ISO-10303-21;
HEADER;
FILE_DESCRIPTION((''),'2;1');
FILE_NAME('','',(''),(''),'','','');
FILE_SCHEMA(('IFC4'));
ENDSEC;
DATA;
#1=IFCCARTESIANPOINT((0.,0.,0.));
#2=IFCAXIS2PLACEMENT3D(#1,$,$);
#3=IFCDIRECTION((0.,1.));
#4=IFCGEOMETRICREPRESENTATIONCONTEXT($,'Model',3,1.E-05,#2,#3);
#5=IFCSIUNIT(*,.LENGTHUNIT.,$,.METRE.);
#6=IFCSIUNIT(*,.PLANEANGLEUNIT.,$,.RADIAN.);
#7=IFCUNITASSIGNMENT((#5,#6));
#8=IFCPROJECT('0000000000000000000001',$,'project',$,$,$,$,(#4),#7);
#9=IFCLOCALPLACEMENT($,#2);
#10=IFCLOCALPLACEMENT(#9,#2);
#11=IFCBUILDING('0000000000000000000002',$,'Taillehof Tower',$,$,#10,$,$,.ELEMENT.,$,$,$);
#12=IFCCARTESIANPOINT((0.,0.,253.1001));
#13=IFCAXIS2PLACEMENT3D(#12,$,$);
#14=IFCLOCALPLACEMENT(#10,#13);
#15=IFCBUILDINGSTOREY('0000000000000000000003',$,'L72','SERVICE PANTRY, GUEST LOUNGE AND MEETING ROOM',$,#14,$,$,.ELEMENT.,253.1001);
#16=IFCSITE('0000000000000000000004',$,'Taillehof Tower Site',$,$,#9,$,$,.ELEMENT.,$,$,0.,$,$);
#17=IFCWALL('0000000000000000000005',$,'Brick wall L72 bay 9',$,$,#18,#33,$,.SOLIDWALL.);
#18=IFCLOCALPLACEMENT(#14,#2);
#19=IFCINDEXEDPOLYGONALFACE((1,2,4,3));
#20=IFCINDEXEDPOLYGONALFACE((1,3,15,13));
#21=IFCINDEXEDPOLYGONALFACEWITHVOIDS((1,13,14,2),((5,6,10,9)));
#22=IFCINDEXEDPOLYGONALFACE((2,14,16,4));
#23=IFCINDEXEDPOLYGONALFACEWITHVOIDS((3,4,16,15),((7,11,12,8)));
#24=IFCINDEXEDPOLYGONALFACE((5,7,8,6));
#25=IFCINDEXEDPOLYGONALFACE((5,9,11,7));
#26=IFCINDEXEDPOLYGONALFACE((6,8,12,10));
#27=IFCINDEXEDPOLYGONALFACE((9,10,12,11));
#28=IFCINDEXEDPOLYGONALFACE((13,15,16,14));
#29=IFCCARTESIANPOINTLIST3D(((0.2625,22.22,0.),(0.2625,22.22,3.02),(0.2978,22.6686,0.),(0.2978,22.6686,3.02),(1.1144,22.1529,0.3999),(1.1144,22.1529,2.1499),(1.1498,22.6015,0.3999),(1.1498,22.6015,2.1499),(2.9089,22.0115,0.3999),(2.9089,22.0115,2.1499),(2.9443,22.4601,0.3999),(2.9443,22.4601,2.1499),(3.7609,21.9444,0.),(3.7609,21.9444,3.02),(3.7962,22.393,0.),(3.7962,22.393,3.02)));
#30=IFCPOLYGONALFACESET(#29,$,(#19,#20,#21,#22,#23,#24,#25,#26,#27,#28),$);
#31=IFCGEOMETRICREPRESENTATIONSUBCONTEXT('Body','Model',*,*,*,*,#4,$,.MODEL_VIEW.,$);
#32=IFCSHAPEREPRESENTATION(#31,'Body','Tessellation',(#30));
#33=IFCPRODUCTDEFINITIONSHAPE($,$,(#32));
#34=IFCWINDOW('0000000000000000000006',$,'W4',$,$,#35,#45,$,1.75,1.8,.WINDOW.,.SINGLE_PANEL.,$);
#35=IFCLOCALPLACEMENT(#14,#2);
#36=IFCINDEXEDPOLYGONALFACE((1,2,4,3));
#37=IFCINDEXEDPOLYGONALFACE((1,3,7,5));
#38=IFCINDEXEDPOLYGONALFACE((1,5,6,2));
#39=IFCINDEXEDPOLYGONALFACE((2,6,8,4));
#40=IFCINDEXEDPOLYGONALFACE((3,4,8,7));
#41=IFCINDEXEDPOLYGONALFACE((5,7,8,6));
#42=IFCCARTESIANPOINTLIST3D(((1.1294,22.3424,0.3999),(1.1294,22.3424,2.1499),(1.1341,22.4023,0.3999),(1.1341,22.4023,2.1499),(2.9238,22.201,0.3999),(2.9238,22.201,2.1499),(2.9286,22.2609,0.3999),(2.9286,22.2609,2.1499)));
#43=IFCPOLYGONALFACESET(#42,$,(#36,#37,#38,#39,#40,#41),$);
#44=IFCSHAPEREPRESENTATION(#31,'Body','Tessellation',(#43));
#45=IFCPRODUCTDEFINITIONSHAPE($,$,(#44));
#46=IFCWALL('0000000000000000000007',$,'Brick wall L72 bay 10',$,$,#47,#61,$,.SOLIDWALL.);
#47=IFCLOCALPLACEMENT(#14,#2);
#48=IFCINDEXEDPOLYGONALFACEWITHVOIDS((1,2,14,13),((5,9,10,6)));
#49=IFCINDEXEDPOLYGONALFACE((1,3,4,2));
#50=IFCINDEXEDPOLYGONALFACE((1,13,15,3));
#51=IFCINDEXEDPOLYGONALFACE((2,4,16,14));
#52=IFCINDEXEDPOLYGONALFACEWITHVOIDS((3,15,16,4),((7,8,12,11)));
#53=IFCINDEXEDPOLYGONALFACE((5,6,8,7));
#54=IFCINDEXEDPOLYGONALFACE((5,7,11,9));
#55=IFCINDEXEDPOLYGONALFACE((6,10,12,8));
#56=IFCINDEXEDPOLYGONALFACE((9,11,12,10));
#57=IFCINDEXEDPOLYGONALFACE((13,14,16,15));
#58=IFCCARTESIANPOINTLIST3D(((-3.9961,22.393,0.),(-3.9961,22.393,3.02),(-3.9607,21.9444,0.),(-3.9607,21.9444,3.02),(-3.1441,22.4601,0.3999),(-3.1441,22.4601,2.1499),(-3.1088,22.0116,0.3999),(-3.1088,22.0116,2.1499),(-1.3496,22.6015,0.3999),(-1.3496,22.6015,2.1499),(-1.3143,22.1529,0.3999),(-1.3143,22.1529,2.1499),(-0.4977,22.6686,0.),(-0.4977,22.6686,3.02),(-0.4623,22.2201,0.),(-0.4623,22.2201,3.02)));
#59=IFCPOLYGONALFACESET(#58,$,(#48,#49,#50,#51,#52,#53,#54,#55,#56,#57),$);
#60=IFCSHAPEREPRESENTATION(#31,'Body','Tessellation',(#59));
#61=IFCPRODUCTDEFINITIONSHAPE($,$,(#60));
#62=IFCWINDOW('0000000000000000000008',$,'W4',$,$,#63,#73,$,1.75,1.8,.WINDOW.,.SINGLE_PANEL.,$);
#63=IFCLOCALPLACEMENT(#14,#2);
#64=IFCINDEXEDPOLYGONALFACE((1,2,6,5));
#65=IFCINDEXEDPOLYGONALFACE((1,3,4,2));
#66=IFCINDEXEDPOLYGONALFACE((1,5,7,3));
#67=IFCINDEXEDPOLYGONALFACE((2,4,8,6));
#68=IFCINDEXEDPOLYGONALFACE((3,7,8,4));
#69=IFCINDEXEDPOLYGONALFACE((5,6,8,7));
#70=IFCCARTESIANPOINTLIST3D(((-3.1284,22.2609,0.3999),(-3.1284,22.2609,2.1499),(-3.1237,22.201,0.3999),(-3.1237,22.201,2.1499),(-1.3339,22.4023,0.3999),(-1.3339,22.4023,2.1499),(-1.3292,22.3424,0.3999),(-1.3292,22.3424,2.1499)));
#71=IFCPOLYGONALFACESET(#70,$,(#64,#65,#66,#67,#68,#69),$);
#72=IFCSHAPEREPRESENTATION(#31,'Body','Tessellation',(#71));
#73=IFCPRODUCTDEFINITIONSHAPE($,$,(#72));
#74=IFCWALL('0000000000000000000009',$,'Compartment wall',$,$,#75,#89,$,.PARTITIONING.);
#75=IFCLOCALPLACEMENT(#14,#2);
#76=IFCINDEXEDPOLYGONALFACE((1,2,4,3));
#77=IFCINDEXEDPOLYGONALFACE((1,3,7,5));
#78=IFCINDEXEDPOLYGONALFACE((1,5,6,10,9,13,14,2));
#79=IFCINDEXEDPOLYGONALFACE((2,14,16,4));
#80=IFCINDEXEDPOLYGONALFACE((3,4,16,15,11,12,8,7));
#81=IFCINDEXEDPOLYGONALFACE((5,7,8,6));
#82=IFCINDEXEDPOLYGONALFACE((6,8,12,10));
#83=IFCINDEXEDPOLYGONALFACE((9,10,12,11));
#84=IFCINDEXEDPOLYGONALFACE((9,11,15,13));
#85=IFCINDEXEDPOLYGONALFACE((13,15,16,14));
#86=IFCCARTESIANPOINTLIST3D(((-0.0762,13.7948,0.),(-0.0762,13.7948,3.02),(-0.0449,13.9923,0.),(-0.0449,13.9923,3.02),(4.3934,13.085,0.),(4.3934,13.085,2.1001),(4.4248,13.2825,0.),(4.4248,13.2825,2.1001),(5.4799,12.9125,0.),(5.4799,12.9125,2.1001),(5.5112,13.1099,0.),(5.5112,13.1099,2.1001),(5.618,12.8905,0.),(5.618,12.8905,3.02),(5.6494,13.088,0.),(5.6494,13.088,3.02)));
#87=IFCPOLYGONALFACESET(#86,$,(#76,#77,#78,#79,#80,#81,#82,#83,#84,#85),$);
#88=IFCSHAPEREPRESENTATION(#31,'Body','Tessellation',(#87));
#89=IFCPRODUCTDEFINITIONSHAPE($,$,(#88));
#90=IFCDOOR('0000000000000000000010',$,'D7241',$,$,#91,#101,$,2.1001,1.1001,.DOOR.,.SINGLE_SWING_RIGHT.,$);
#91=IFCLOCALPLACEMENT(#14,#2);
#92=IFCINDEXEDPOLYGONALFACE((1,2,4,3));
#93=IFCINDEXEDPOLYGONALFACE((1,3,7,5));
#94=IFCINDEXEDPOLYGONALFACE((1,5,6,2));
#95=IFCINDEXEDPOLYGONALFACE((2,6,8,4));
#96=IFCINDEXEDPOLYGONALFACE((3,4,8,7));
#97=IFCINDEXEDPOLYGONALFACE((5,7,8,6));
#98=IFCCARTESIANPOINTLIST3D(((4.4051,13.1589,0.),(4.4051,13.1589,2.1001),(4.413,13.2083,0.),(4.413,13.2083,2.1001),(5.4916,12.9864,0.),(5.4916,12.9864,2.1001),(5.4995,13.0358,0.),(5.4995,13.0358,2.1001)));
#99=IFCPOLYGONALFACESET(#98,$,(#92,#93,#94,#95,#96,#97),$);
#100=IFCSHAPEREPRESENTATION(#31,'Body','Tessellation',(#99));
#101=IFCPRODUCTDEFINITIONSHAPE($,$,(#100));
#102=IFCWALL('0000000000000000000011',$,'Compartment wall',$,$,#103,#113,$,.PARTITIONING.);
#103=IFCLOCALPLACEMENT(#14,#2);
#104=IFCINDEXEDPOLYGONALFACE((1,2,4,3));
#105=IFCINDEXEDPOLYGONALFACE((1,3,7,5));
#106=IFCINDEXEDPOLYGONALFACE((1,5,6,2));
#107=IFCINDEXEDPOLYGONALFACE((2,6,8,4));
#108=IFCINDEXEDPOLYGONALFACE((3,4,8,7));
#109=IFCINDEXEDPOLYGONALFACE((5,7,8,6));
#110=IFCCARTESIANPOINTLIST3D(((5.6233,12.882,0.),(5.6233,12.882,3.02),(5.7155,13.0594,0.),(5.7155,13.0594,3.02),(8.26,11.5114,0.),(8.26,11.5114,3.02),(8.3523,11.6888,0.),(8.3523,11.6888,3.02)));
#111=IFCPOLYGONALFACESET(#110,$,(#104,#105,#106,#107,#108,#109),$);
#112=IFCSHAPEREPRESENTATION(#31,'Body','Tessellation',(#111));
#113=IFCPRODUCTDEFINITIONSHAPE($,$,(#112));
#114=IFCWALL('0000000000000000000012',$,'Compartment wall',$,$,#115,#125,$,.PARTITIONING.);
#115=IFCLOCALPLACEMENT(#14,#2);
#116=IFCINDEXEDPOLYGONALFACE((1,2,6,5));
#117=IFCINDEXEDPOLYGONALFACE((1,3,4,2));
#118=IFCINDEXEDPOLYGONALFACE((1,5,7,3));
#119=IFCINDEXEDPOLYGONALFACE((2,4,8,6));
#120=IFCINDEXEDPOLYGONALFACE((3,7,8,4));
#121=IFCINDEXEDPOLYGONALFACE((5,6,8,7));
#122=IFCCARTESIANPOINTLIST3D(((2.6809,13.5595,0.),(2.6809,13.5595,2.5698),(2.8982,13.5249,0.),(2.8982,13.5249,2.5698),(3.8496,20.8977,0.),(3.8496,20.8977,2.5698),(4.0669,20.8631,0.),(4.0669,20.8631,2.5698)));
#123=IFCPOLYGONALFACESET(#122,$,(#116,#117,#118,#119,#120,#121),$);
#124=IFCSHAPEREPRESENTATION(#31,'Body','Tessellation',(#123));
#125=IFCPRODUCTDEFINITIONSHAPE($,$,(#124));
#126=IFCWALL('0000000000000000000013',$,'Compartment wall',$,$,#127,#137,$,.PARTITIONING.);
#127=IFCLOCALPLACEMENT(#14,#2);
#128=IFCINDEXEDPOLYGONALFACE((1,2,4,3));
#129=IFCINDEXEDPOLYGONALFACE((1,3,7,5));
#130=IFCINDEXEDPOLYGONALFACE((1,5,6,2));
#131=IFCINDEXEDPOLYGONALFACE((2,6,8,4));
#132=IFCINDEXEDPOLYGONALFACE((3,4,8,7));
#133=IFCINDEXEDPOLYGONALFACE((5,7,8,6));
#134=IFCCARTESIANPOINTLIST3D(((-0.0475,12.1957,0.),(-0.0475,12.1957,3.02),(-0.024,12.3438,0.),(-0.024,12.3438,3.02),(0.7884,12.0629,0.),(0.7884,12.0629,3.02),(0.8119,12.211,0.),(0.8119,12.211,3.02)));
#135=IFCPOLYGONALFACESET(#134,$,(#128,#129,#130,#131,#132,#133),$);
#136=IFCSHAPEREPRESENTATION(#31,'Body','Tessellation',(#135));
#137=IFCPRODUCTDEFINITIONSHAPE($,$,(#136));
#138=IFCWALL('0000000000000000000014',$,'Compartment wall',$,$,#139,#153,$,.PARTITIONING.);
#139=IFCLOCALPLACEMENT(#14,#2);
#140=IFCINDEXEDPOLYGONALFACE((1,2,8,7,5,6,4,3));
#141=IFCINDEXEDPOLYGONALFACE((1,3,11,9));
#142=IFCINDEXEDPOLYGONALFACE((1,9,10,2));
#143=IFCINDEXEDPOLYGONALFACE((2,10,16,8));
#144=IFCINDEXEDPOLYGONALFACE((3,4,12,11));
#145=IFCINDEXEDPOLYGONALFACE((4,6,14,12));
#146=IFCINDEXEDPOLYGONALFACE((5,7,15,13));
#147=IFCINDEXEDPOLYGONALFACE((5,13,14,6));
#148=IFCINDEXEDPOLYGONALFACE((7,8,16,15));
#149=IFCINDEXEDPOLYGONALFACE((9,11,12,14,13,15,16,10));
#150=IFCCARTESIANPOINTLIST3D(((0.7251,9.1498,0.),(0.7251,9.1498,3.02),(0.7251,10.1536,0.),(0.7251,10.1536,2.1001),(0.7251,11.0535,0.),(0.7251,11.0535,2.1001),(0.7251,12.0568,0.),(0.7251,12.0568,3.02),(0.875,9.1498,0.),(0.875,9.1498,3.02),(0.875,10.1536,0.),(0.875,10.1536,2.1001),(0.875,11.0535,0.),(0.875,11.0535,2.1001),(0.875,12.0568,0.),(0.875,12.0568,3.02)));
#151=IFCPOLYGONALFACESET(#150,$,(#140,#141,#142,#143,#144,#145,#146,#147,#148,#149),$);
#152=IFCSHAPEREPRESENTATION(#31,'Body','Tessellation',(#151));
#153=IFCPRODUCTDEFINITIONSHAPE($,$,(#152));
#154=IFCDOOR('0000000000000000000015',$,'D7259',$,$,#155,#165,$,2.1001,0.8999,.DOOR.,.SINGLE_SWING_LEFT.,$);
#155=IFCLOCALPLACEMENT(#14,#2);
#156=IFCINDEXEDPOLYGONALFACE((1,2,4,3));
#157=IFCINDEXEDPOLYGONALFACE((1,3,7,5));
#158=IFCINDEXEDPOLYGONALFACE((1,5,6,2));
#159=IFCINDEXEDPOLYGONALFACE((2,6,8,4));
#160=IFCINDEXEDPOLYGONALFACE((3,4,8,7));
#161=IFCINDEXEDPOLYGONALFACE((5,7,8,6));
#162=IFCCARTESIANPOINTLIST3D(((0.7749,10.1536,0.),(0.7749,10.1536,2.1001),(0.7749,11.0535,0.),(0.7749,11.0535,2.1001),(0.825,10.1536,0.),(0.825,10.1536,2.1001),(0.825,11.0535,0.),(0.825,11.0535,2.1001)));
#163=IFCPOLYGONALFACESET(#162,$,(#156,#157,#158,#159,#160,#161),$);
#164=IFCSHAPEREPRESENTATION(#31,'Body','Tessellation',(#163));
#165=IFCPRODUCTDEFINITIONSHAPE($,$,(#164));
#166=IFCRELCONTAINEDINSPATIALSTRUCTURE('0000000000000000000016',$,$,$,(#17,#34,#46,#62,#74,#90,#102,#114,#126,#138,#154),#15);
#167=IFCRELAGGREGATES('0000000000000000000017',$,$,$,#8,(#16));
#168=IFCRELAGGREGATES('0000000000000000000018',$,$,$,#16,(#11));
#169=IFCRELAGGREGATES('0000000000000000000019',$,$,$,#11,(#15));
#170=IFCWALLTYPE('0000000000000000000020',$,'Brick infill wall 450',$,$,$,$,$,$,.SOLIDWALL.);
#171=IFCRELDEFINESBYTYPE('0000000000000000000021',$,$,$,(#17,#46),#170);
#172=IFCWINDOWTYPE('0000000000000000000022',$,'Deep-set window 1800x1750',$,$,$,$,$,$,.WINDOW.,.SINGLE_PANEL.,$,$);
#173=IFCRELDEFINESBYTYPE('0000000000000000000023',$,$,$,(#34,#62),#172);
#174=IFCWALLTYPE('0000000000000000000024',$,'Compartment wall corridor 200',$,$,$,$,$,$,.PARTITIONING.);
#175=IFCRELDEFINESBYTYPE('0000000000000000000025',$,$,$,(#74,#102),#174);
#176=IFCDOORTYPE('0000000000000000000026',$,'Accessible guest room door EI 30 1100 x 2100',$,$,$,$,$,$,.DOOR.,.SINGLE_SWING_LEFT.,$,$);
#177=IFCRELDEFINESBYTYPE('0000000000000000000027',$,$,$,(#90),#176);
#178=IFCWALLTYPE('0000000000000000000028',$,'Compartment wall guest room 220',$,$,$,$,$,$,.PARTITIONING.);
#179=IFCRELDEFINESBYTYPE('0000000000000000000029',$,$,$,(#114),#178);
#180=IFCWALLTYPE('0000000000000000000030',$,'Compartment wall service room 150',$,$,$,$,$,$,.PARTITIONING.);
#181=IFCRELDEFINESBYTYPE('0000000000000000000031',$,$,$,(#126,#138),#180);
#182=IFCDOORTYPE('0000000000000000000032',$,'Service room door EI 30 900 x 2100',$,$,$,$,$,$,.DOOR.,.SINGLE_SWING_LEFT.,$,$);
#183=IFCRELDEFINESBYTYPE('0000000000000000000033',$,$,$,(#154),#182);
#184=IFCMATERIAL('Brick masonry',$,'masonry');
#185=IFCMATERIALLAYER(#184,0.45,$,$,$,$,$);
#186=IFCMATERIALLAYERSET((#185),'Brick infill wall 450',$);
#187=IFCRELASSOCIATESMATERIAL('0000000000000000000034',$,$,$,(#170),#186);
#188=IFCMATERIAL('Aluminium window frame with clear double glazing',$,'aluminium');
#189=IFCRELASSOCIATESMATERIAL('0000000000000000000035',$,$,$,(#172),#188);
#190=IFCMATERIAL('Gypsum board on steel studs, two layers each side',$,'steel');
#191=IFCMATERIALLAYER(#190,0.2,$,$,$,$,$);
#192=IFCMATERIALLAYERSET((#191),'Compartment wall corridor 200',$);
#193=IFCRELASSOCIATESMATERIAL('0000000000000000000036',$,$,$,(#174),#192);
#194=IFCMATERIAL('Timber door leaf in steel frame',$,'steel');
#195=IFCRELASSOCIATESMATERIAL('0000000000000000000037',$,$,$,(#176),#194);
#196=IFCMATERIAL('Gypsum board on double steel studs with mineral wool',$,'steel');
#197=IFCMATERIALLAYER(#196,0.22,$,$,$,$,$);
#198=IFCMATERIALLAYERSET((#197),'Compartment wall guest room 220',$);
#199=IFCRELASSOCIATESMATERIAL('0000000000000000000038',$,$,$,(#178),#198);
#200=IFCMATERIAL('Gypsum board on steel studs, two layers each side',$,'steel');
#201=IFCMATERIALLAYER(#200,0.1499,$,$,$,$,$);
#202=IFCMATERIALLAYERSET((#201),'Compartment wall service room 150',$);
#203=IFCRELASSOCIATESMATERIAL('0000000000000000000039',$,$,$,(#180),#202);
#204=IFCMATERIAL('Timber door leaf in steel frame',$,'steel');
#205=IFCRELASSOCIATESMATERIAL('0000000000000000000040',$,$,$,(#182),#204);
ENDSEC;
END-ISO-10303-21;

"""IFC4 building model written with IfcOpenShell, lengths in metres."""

from ifc_helpers import new_model, si_unit, direction, frame, frame_2d, origin, place, context, subcontext, project, spatial, rectangle, extrude, material, layer, layer_set, type_object, element, fill, save


model = new_model("IFC4")

# Units and contexts
model_context = context("Model", 3, precision=1e-05, world=origin(), true_north=direction((0.0, 1.0)))
body_context = subcontext(model_context, "Body", "Model", "MODEL_VIEW")
ifc_project = project(units=[si_unit("LENGTHUNIT", "METRE"), si_unit("PLANEANGLEUNIT", "RADIAN")], contexts=[model_context])

# Site, building, storey
site_placement = place(None, origin())
site = spatial("IfcSite", under=ifc_project, at=site_placement, Name="Taillehof Tower Site", CompositionType="ELEMENT", RefElevation=0.0)
building_placement = place(site_placement, origin())
building = spatial("IfcBuilding", under=site, at=building_placement, Name="Taillehof Tower", CompositionType="ELEMENT")
storey_placement = place(building_placement, frame((0.0, 0.0, 253.1001)))
storey = spatial("IfcBuildingStorey", under=building, at=storey_placement, Name="L72", Description="SERVICE PANTRY, GUEST LOUNGE AND MEETING ROOM", CompositionType="ELEMENT", Elevation=253.1001)

# Walls, openings, windows
ifc_material_1 = material(Name="Brick masonry", Category="masonry")
ifc_layer_1 = layer(ifc_material_1, 0.45)
ifc_layer_set_1 = layer_set([ifc_layer_1], Name="Brick infill wall 450")
wall_type_1 = type_object("IfcWallType", Name="Brick infill wall 450", PredefinedType="SOLIDWALL", material=ifc_layer_set_1)
ifc_material_2 = material(Name="Aluminium window frame with clear double glazing", Category="aluminium")
window_type = type_object("IfcWindowType", Name="Deep-set window 1800x1750", PartitioningType="SINGLE_PANEL", PredefinedType="WINDOW", material=ifc_material_2)
wall_1_placement = place(storey_placement, frame((3.7786, 22.1687, 0.0), z_axis=(0.0, 0.0, 1.0), x_axis=(-0.996911, 0.078542, 0.0)))
wall_1 = element("IfcWall", 1, at=wall_1_placement, inside=storey, type_object=wall_type_1, Name="Brick wall L72 bay 9", PredefinedType="SOLIDWALL", context=body_context, shape_type="SweptSolid", body=[
    extrude(rectangle(XDim=3.5093, YDim=0.45, at=frame_2d((1.7546, 0.0))), origin(), (0.0, 0.0, 1.0), 3.02),
])
opening_1_placement = place(wall_1_placement, frame((0.8547, 0.0, 0.3999)))
opening_1 = element("IfcOpeningElement", 2, at=opening_1_placement, cuts=wall_1, PredefinedType="OPENING", context=body_context, shape_type="SweptSolid", body=[
    extrude(rectangle(XDim=1.8, YDim=1.75, at=frame_2d((0.8999, 0.875))), frame((0.0, 0.2349, 0.0), z_axis=(0.0, -1.0, 0.0), x_axis=(1.0, 0.0, 0.0)), (0.0, 0.0, 1.0), 0.47),
])
window_1_placement = place(opening_1_placement, origin())
window_1 = element("IfcWindow", 3, at=window_1_placement, inside=storey, type_object=window_type, Name="W4", OverallHeight=1.75, OverallWidth=1.8, PartitioningType="SINGLE_PANEL", PredefinedType="WINDOW", context=body_context, shape_type="SweptSolid", body=[
    extrude(rectangle(XDim=1.8, YDim=1.75, at=frame_2d((0.8999, 0.875))), frame((0.0, 0.0349, 0.0), z_axis=(0.0, -1.0, 0.0), x_axis=(1.0, 0.0, 0.0)), (0.0, 0.0, 1.0), 0.0601),
])
fill(opening_1, window_1)
wall_2_placement = place(storey_placement, frame((-0.48, 22.4443, 0.0), z_axis=(0.0, 0.0, 1.0), x_axis=(-0.996911, -0.078542, 0.0)))
wall_2 = element("IfcWall", 4, at=wall_2_placement, inside=storey, type_object=wall_type_1, Name="Brick wall L72 bay 10", PredefinedType="SOLIDWALL", context=body_context, shape_type="SweptSolid", body=[
    extrude(rectangle(XDim=3.5093, YDim=0.45, at=frame_2d((1.7546, 0.0))), origin(), (0.0, 0.0, 1.0), 3.02),
])
opening_2_placement = place(wall_2_placement, frame((0.8547, 0.0, 0.3999)))
opening_2 = element("IfcOpeningElement", 5, at=opening_2_placement, cuts=wall_2, PredefinedType="OPENING", context=body_context, shape_type="SweptSolid", body=[
    extrude(rectangle(XDim=1.8, YDim=1.75, at=frame_2d((0.8999, 0.875))), frame((0.0, 0.2349, 0.0), z_axis=(0.0, -1.0, 0.0), x_axis=(1.0, 0.0, 0.0)), (0.0, 0.0, 1.0), 0.47),
])
window_2_placement = place(opening_2_placement, origin())
window_2 = element("IfcWindow", 6, at=window_2_placement, inside=storey, type_object=window_type, Name="W4", OverallHeight=1.75, OverallWidth=1.8, PartitioningType="SINGLE_PANEL", PredefinedType="WINDOW", context=body_context, shape_type="SweptSolid", body=[
    extrude(rectangle(XDim=1.8, YDim=1.75, at=frame_2d((0.8999, 0.875))), frame((0.0, 0.0349, 0.0), z_axis=(0.0, -1.0, 0.0), x_axis=(1.0, 0.0, 0.0)), (0.0, 0.0, 1.0), 0.0601),
])
fill(opening_2, window_2)

# Wall, opening, door
ifc_material_3 = material(Name="Gypsum board on steel studs, two layers each side", Category="steel")
ifc_layer_2 = layer(ifc_material_3, 0.2)
ifc_layer_set_2 = layer_set([ifc_layer_2], Name="Compartment wall corridor 200")
wall_type_2 = type_object("IfcWallType", Name="Compartment wall corridor 200", PredefinedType="PARTITIONING", material=ifc_layer_set_2)
wall_3_placement = place(storey_placement, frame((-0.0605, 13.8936, 0.0), z_axis=(0.0, 0.0, 1.0), x_axis=(0.987624, -0.156841, 0.0)))
wall_3 = element("IfcWall", 7, at=wall_3_placement, inside=storey, type_object=wall_type_2, Name="Compartment wall", PredefinedType="PARTITIONING", context=body_context, shape_type="SweptSolid", body=[
    extrude(rectangle(XDim=5.7656, YDim=0.2, at=frame_2d((2.8828, 0.0))), origin(), (0.0, 0.0, 1.0), 3.02),
])
opening_3_placement = place(wall_3_placement, frame((4.5256, 0.0, 0.0)))
opening_3 = element("IfcOpeningElement", 8, at=opening_3_placement, cuts=wall_3, PredefinedType="OPENING", context=body_context, shape_type="SweptSolid", body=[
    extrude(rectangle(XDim=1.1001, YDim=2.1001, at=frame_2d((0.55, 1.05))), frame((0.0, 0.1099, 0.0), z_axis=(0.0, -1.0, 0.0), x_axis=(1.0, 0.0, 0.0)), (0.0, 0.0, 1.0), 0.22),
])
ifc_material_4 = material(Name="Timber door leaf in steel frame", Category="steel")
door_type_1 = type_object("IfcDoorType", Name="Accessible guest room door EI 30 1100 x 2100", OperationType="SINGLE_SWING_LEFT", PredefinedType="DOOR", material=ifc_material_4)
door_1_placement = place(opening_3_placement, origin())
door_1 = element("IfcDoor", 9, at=door_1_placement, inside=storey, type_object=door_type_1, Name="D7241", OperationType="SINGLE_SWING_RIGHT", OverallHeight=2.1001, OverallWidth=1.1001, PredefinedType="DOOR", context=body_context, shape_type="SweptSolid", body=[
    extrude(rectangle(XDim=1.1001, YDim=2.1001, at=frame_2d((0.55, 1.05))), frame((0.0, 0.0249, 0.0), z_axis=(0.0, -1.0, 0.0), x_axis=(1.0, 0.0, 0.0)), (0.0, 0.0, 1.0), 0.05),
])
fill(opening_3, door_1)

# Walls
wall_4_placement = place(storey_placement, frame((5.6694, 12.9707, 0.0), z_axis=(0.0, 0.0, 1.0), x_axis=(0.887284, -0.461223, 0.0)))
element("IfcWall", 10, at=wall_4_placement, inside=storey, type_object=wall_type_2, Name="Compartment wall", PredefinedType="PARTITIONING", context=body_context, shape_type="SweptSolid", body=[
    extrude(rectangle(XDim=2.9717, YDim=0.2, at=frame_2d((1.4858, 0.0))), origin(), (0.0, 0.0, 1.0), 3.02),
])
ifc_material_5 = material(Name="Gypsum board on double steel studs with mineral wool", Category="steel")
ifc_layer_3 = layer(ifc_material_5, 0.22)
ifc_layer_set_3 = layer_set([ifc_layer_3], Name="Compartment wall guest room 220")
wall_type_3 = type_object("IfcWallType", Name="Compartment wall guest room 220", PredefinedType="PARTITIONING", material=ifc_layer_set_3)
wall_5_placement = place(storey_placement, frame((3.9583, 20.8804, 0.0), z_axis=(0.0, 0.0, 1.0), x_axis=(-0.157282, -0.987554, 0.0)))
element("IfcWall", 11, at=wall_5_placement, inside=storey, type_object=wall_type_3, Name="Compartment wall", PredefinedType="PARTITIONING", context=body_context, shape_type="SweptSolid", body=[
    extrude(rectangle(XDim=7.4307, YDim=0.22, at=frame_2d((3.7153, 0.0))), origin(), (0.0, 0.0, 1.0), 2.5698),
])
ifc_material_6 = material(Name="Gypsum board on steel studs, two layers each side", Category="steel")
ifc_layer_4 = layer(ifc_material_6, 0.1499)
ifc_layer_set_4 = layer_set([ifc_layer_4], Name="Compartment wall service room 150")
wall_type_4 = type_object("IfcWallType", Name="Compartment wall service room 150", PredefinedType="PARTITIONING", material=ifc_layer_set_4)
wall_6_placement = place(storey_placement, frame((-0.0359, 12.2698, 0.0), z_axis=(0.0, 0.0, 1.0), x_axis=(0.987613, -0.15691, 0.0)))
element("IfcWall", 12, at=wall_6_placement, inside=storey, type_object=wall_type_4, Name="Compartment wall", PredefinedType="PARTITIONING", context=body_context, shape_type="SweptSolid", body=[
    extrude(rectangle(XDim=0.8464, YDim=0.1499, at=frame_2d((0.4233, 0.0))), origin(), (0.0, 0.0, 1.0), 3.02),
])

# Wall, opening, door
wall_7_placement = place(storey_placement, frame((0.8, 12.0569, 0.0), z_axis=(0.0, 0.0, 1.0), x_axis=(0.0, -1.0, 0.0)))
wall_7 = element("IfcWall", 13, at=wall_7_placement, inside=storey, type_object=wall_type_4, Name="Compartment wall", PredefinedType="PARTITIONING", context=body_context, shape_type="SweptSolid", body=[
    extrude(rectangle(XDim=2.907, YDim=0.1499, at=frame_2d((1.4536, 0.0))), origin(), (0.0, 0.0, 1.0), 3.02),
])
opening_4_placement = place(wall_7_placement, frame((1.0034, 0.0, 0.0)))
opening_4 = element("IfcOpeningElement", 14, at=opening_4_placement, cuts=wall_7, PredefinedType="OPENING", context=body_context, shape_type="SweptSolid", body=[
    extrude(rectangle(XDim=0.8999, YDim=2.1001, at=frame_2d((0.45, 1.05))), frame((0.0, 0.085, 0.0), z_axis=(0.0, -1.0, 0.0), x_axis=(1.0, 0.0, 0.0)), (0.0, 0.0, 1.0), 0.1699),
])
ifc_material_7 = material(Name="Timber door leaf in steel frame", Category="steel")
door_type_2 = type_object("IfcDoorType", Name="Service room door EI 30 900 x 2100", OperationType="SINGLE_SWING_LEFT", PredefinedType="DOOR", material=ifc_material_7)
door_2_placement = place(opening_4_placement, origin())
door_2 = element("IfcDoor", 15, at=door_2_placement, inside=storey, type_object=door_type_2, Name="D7259", OperationType="SINGLE_SWING_LEFT", OverallHeight=2.1001, OverallWidth=0.8999, PredefinedType="DOOR", context=body_context, shape_type="SweptSolid", body=[
    extrude(rectangle(XDim=0.8999, YDim=2.1001, at=frame_2d((0.45, 1.05))), frame((0.0, 0.0249, 0.0), z_axis=(0.0, -1.0, 0.0), x_axis=(1.0, 0.0, 0.0)), (0.0, 0.0, 1.0), 0.05),
])
fill(opening_4, door_2)

save(model, "model.ifc")
